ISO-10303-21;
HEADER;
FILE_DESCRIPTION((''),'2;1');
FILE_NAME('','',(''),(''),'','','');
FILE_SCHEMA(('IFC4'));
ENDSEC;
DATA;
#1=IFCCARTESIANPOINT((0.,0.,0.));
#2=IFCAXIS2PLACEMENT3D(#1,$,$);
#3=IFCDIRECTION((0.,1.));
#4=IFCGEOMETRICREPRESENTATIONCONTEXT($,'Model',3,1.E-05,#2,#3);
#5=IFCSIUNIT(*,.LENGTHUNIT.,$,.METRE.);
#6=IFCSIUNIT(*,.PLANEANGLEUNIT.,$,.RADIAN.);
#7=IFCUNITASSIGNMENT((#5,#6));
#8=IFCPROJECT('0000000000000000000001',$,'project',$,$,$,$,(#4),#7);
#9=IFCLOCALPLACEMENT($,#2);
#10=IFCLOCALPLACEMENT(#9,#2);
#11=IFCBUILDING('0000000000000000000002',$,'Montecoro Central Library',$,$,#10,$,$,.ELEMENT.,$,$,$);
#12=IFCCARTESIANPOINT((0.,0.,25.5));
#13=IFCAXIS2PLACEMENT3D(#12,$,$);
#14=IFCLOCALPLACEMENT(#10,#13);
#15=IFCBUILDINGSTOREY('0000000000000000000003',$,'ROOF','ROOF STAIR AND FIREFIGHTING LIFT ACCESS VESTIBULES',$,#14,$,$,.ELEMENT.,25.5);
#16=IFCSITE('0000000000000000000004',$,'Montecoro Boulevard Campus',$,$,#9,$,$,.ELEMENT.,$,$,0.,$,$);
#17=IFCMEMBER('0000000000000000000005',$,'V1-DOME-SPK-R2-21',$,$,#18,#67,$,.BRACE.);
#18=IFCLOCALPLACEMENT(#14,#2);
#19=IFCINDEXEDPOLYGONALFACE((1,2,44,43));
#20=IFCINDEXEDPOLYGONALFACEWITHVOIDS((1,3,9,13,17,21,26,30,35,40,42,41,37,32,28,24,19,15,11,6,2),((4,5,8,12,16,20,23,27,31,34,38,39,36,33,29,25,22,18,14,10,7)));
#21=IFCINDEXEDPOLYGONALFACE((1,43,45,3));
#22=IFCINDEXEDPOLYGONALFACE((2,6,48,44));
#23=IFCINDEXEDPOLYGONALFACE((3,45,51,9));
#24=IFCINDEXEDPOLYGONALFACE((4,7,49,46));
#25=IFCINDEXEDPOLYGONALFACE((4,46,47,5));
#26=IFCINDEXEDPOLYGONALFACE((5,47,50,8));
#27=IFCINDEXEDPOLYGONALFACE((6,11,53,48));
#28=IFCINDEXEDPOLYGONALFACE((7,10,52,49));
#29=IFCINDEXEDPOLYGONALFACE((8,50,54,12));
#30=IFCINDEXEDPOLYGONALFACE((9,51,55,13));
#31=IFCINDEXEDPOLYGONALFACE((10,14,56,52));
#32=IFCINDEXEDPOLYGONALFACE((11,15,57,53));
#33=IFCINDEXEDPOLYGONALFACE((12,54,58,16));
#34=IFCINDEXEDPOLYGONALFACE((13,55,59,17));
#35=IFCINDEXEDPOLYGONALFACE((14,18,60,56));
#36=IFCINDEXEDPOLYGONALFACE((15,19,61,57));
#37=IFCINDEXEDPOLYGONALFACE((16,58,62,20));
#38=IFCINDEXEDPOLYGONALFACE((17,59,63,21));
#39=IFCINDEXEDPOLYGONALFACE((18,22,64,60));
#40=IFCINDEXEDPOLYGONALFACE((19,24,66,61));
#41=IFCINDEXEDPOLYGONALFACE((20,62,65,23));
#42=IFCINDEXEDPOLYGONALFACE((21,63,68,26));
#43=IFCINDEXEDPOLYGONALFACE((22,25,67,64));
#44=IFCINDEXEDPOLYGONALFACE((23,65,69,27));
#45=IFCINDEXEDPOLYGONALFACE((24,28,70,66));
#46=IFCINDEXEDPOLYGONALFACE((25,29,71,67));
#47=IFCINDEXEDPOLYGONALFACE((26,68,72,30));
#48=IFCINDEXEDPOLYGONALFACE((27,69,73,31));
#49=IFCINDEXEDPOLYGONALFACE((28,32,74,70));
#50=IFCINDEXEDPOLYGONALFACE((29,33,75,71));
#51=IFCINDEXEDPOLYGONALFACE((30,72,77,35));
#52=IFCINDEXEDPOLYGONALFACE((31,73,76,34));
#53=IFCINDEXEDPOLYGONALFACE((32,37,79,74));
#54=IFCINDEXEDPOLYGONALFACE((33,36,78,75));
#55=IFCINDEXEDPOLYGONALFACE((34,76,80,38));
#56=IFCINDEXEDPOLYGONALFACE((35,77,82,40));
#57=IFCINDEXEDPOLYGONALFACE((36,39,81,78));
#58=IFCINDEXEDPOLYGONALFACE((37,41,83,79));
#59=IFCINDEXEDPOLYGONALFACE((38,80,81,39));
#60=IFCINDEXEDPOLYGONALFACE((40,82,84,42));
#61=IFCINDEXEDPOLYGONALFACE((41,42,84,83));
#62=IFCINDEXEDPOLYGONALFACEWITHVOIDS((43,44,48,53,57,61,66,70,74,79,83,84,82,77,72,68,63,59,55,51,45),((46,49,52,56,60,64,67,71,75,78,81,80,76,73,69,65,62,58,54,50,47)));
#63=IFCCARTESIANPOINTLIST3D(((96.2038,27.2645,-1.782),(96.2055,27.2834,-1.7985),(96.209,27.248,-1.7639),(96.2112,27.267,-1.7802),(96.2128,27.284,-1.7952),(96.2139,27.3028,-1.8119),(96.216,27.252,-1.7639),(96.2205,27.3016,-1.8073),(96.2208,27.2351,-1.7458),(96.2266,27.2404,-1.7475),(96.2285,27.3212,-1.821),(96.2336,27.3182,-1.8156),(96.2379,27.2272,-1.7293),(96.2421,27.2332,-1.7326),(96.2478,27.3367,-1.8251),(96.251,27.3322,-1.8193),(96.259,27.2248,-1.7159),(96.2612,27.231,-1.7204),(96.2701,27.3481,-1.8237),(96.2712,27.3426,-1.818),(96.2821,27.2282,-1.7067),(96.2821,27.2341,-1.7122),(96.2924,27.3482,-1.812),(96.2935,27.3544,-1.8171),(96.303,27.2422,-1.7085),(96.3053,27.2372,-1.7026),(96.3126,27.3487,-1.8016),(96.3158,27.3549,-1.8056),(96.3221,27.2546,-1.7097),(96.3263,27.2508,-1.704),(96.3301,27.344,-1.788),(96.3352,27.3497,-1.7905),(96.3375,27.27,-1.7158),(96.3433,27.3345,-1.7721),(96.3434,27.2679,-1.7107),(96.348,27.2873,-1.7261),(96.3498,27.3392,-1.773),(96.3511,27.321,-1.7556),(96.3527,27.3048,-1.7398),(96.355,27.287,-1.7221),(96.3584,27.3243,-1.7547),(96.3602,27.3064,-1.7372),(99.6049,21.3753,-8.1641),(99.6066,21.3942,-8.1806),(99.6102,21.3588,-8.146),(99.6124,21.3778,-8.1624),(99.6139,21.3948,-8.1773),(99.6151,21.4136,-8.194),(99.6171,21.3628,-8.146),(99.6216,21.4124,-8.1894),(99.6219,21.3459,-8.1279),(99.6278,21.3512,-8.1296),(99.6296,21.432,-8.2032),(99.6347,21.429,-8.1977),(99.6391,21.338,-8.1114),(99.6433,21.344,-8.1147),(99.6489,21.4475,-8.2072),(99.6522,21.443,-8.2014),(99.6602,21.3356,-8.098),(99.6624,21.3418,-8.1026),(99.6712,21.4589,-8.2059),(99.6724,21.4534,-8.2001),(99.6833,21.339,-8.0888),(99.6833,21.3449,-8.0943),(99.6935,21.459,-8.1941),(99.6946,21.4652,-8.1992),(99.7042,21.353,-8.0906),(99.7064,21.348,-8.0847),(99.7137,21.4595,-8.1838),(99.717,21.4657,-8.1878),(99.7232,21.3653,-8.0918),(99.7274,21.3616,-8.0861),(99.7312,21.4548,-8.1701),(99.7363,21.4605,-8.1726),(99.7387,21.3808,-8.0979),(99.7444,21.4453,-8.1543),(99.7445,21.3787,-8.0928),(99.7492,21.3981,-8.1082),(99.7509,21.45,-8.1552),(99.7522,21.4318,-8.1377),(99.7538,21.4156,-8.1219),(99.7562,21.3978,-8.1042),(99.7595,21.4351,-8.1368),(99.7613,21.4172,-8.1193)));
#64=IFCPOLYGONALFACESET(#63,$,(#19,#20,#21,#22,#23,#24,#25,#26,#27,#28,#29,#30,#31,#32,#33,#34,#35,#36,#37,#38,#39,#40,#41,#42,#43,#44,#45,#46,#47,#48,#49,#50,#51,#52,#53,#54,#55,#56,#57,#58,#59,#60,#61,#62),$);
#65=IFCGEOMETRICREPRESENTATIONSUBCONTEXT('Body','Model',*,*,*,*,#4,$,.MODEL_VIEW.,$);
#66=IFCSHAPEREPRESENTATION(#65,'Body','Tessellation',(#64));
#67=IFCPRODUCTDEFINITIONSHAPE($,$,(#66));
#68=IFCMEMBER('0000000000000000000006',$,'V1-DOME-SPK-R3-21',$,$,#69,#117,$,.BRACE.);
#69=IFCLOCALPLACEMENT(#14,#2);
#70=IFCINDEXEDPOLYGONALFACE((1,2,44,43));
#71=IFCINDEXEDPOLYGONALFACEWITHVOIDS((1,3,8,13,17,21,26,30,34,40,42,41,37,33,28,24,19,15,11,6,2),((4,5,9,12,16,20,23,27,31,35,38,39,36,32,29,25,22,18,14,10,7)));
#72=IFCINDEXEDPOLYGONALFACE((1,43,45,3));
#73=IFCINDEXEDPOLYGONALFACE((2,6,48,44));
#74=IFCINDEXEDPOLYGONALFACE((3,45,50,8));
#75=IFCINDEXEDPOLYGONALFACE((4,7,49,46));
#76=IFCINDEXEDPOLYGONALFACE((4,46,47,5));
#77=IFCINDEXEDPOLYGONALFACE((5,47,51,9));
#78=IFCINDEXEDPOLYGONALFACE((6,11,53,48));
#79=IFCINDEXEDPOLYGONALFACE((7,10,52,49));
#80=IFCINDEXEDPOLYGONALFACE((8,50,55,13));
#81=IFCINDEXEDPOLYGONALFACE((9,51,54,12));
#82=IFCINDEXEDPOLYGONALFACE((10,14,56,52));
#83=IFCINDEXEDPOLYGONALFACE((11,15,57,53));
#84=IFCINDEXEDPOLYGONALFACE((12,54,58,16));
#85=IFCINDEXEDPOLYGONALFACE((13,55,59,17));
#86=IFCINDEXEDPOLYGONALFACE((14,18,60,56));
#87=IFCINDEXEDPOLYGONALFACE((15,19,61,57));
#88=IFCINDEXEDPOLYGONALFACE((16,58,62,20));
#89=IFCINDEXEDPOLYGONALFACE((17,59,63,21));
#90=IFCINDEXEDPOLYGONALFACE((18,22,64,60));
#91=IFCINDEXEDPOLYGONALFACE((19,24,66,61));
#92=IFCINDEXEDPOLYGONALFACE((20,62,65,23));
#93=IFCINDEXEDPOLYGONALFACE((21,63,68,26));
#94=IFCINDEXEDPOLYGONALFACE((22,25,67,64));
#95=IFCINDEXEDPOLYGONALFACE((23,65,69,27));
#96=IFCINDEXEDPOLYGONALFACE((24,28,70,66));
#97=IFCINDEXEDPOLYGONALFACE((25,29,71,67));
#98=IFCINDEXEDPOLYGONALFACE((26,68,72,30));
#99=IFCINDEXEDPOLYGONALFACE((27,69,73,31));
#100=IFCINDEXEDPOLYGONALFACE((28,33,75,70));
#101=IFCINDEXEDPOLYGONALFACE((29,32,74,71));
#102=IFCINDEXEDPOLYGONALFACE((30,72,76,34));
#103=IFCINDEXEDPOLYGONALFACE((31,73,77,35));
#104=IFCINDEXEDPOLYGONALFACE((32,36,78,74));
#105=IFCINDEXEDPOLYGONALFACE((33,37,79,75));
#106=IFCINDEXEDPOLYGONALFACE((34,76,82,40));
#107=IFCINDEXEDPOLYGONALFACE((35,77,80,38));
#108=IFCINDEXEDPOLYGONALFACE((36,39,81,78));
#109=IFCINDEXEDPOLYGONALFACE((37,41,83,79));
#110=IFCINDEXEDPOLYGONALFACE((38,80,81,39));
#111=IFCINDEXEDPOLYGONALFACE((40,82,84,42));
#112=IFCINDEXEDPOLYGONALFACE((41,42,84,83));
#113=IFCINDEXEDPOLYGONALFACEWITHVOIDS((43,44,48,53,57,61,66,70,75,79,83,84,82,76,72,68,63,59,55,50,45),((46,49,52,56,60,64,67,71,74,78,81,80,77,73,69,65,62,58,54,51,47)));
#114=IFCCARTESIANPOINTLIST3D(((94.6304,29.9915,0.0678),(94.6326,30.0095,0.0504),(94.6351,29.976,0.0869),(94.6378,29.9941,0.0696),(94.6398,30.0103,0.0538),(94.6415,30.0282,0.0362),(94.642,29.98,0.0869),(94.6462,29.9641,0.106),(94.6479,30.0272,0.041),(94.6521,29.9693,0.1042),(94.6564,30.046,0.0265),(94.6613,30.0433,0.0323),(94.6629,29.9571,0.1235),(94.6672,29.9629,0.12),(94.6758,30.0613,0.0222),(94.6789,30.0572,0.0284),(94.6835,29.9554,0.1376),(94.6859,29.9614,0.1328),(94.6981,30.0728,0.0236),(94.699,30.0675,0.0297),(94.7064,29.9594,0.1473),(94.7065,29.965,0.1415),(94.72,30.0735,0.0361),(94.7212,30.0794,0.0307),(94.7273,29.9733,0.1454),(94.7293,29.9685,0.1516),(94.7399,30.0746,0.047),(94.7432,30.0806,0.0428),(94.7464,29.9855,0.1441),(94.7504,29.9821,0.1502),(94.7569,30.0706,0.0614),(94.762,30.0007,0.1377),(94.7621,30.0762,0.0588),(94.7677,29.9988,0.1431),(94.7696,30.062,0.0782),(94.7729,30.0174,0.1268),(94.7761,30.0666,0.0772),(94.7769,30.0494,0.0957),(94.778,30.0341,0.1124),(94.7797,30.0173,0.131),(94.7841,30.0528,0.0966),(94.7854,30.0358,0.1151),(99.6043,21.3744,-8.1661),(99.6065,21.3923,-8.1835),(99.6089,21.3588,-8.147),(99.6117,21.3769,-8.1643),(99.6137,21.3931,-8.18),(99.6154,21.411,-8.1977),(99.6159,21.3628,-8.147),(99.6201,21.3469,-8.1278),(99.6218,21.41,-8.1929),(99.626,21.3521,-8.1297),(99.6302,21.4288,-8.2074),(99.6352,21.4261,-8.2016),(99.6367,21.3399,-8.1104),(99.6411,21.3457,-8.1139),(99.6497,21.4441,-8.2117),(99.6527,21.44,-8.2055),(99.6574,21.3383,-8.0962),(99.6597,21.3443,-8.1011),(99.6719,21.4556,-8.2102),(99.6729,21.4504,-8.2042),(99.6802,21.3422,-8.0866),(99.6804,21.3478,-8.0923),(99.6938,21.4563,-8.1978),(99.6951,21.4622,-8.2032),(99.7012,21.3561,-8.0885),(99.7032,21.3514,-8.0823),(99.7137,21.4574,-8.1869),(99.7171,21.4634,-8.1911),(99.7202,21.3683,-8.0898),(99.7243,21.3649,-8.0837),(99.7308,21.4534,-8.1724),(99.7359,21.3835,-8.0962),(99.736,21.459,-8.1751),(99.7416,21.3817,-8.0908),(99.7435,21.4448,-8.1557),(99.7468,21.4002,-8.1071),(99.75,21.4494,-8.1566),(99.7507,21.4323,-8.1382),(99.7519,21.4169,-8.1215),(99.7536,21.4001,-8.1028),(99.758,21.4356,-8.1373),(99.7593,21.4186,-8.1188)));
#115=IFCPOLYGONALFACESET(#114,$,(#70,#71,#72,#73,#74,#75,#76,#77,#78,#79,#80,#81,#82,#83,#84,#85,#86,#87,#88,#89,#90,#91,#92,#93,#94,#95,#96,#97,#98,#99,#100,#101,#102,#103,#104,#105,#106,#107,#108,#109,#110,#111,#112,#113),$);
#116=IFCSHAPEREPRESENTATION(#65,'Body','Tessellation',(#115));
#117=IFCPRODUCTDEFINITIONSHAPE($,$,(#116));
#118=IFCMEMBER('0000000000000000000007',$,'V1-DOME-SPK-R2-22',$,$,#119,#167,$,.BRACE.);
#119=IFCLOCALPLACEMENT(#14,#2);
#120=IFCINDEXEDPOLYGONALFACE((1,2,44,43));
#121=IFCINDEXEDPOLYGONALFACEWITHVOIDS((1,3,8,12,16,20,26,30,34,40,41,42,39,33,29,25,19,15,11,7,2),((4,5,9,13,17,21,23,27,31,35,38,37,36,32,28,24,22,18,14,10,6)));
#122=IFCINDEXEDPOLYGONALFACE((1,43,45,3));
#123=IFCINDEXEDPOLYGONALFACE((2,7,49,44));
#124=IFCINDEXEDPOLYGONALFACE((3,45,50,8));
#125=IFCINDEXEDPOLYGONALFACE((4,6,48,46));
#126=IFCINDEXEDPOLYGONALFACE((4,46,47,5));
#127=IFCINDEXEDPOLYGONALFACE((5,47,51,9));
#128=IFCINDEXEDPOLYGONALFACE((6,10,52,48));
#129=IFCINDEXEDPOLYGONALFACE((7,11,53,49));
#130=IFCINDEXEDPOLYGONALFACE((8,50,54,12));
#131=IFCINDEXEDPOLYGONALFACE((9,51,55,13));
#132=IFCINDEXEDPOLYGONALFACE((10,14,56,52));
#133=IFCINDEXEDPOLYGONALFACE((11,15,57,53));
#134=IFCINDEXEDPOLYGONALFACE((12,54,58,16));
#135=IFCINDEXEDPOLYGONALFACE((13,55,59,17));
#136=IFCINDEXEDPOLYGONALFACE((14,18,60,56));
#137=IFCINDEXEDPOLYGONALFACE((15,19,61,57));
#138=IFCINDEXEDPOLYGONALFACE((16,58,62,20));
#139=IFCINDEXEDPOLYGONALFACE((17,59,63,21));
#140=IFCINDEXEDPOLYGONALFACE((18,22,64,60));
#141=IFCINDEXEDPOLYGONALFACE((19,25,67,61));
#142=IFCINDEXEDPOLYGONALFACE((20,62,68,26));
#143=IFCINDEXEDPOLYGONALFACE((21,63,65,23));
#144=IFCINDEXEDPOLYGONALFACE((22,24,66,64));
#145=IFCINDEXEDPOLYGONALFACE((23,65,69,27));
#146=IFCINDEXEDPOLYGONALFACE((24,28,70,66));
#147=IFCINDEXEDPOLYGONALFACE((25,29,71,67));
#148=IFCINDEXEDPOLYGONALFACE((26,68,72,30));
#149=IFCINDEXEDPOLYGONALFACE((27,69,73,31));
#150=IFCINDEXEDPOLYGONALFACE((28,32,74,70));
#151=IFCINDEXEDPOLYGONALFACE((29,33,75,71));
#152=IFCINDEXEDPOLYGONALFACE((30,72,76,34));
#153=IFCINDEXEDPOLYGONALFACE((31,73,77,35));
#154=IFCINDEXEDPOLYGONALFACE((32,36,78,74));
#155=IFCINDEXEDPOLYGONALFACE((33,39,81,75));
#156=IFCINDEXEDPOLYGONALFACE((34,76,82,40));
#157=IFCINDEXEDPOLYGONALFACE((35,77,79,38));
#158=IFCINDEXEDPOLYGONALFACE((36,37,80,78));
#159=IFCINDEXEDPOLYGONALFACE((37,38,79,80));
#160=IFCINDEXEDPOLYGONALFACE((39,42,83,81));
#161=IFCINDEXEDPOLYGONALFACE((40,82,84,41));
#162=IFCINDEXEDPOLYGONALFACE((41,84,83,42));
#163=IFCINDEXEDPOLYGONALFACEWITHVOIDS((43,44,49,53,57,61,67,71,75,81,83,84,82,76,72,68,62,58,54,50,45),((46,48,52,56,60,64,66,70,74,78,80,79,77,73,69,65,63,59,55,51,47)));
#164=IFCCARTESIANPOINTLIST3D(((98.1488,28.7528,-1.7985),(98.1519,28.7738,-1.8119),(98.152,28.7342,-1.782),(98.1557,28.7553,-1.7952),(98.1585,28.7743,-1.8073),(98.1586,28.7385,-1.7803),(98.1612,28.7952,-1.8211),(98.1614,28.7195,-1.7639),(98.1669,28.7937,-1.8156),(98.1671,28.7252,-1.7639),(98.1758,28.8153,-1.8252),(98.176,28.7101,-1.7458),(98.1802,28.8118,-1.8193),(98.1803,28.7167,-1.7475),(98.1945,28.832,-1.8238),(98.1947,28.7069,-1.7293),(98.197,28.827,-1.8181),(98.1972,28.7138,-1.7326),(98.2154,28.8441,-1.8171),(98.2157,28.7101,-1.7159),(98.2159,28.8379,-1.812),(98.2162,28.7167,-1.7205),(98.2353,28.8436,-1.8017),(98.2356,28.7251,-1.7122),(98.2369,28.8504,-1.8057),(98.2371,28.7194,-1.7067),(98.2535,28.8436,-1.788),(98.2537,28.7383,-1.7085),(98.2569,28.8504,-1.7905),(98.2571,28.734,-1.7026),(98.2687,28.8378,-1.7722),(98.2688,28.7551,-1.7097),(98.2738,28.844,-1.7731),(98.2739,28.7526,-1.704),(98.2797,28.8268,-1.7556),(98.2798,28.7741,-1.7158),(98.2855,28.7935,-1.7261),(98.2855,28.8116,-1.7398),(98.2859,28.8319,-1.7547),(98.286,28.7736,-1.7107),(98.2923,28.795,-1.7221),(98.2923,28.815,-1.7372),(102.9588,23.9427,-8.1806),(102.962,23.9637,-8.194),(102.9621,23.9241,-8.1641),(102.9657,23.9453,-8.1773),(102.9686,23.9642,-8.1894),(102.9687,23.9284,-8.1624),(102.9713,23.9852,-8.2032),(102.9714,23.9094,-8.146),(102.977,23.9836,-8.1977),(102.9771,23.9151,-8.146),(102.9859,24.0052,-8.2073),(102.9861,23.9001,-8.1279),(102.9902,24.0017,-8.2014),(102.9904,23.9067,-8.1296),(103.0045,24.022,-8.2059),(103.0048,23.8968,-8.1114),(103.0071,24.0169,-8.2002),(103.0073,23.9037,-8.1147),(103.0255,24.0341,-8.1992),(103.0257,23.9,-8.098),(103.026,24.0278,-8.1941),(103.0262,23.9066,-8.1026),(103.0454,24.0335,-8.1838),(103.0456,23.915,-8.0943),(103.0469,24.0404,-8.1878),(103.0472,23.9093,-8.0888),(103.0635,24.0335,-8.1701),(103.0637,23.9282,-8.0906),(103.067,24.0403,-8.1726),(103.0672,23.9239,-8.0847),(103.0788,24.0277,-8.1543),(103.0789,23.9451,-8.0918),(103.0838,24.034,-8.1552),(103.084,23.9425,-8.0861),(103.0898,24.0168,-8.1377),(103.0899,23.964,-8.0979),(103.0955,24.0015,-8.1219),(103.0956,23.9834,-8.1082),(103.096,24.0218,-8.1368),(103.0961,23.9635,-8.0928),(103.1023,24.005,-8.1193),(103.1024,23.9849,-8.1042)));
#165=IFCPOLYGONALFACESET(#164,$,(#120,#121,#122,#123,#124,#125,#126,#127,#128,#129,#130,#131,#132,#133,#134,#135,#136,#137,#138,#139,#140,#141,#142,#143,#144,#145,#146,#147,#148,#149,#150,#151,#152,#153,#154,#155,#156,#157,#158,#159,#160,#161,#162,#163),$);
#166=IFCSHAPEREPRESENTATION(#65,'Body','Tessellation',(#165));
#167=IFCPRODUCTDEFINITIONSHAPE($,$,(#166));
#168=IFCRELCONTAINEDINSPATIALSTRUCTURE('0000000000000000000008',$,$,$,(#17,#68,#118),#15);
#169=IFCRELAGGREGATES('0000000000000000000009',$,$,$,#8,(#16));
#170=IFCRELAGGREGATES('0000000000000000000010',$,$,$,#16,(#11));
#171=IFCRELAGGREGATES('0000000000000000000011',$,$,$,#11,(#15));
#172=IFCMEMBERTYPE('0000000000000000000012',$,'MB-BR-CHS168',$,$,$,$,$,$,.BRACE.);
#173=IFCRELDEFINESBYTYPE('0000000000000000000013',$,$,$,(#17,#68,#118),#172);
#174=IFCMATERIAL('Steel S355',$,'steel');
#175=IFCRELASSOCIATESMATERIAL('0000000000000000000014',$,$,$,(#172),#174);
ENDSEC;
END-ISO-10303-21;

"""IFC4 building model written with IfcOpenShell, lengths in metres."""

from ifc_helpers import new_model, si_unit, direction, frame, origin, origin_2d, place, context, subcontext, project, spatial, hollow_circle, extrude, material, material_profile, profile_set, type_object, element, save


model = new_model("IFC4")

# Units and contexts
model_context = context("Model", 3, precision=1e-05, world=origin(), true_north=direction((0.0, 1.0)))
body_context = subcontext(model_context, "Body", "Model", "MODEL_VIEW")
ifc_project = project(units=[si_unit("LENGTHUNIT", "METRE"), si_unit("PLANEANGLEUNIT", "RADIAN")], contexts=[model_context])

# Site, building, storey
site_placement = place(None, origin())
site = spatial("IfcSite", under=ifc_project, at=site_placement, Name="Montecoro Boulevard Campus", CompositionType="ELEMENT", RefElevation=0.0)
building_placement = place(site_placement, origin())
building = spatial("IfcBuilding", under=site, at=building_placement, Name="Montecoro Central Library", CompositionType="ELEMENT")
storey_placement = place(building_placement, frame((0.0, 0.0, 25.5)))
storey = spatial("IfcBuildingStorey", under=building, at=storey_placement, Name="ROOF", Description="ROOF STAIR AND FIREFIGHTING LIFT ACCESS VESTIBULES", CompositionType="ELEMENT", Elevation=25.5)

# Members
ifc_material_1 = material(Name="Steel S355", Category="steel")
ifc_material_profile_1 = material_profile(ifc_material_1, hollow_circle(Radius=0.0842, WallThickness=0.0081, at=origin_2d()), Name="CHS 168.3x8.0")
ifc_profile_set_1 = profile_set([ifc_material_profile_1], Name="Steel S355")
member_type_1 = type_object("IfcMemberType", Name="MB-BR-CHS168", PredefinedType="BRACE", material=ifc_profile_set_1)
member_1_placement = place(storey_placement, frame((99.6831, 21.4009, -8.146), z_axis=(-0.364679, 0.631454, 0.684306), x_axis=(-0.865961, -0.500112, 0.0)))
element("IfcMember", 1, at=member_1_placement, inside=storey, type_object=member_type_1, Name="V1-DOME-SPK-R2-21", PredefinedType="BRACE", context=body_context, shape_type="SweptSolid", body=[
    extrude(hollow_circle(Radius=0.0842, WallThickness=0.0081, at=origin_2d()), origin(), (0.0, 0.0, 1.0), 9.3264),
])
member_2_placement = place(storey_placement, frame((99.6819, 21.4009, -8.147), z_axis=(-0.38513, 0.667233, 0.637554), x_axis=(-0.86608, -0.499905, 0.0)))
element("IfcMember", 2, at=member_2_placement, inside=storey, type_object=member_type_1, Name="V1-DOME-SPK-R3-21", PredefinedType="BRACE", context=body_context, shape_type="SweptSolid", body=[
    extrude(hollow_circle(Radius=0.0842, WallThickness=0.0081, at=origin_2d()), origin(), (0.0, 0.0, 1.0), 12.9148),
])
member_3_placement = place(storey_placement, frame((103.031, 23.969, -8.146), z_axis=(-0.51568, 0.51568, 0.684214), x_axis=(-0.707107, -0.707107, 0.0)))
element("IfcMember", 3, at=member_3_placement, inside=storey, type_object=member_type_1, Name="V1-DOME-SPK-R2-22", PredefinedType="BRACE", context=body_context, shape_type="SweptSolid", body=[
    extrude(hollow_circle(Radius=0.0842, WallThickness=0.0081, at=origin_2d()), origin(), (0.0, 0.0, 1.0), 9.3276),
])

save(model, "model.ifc")
